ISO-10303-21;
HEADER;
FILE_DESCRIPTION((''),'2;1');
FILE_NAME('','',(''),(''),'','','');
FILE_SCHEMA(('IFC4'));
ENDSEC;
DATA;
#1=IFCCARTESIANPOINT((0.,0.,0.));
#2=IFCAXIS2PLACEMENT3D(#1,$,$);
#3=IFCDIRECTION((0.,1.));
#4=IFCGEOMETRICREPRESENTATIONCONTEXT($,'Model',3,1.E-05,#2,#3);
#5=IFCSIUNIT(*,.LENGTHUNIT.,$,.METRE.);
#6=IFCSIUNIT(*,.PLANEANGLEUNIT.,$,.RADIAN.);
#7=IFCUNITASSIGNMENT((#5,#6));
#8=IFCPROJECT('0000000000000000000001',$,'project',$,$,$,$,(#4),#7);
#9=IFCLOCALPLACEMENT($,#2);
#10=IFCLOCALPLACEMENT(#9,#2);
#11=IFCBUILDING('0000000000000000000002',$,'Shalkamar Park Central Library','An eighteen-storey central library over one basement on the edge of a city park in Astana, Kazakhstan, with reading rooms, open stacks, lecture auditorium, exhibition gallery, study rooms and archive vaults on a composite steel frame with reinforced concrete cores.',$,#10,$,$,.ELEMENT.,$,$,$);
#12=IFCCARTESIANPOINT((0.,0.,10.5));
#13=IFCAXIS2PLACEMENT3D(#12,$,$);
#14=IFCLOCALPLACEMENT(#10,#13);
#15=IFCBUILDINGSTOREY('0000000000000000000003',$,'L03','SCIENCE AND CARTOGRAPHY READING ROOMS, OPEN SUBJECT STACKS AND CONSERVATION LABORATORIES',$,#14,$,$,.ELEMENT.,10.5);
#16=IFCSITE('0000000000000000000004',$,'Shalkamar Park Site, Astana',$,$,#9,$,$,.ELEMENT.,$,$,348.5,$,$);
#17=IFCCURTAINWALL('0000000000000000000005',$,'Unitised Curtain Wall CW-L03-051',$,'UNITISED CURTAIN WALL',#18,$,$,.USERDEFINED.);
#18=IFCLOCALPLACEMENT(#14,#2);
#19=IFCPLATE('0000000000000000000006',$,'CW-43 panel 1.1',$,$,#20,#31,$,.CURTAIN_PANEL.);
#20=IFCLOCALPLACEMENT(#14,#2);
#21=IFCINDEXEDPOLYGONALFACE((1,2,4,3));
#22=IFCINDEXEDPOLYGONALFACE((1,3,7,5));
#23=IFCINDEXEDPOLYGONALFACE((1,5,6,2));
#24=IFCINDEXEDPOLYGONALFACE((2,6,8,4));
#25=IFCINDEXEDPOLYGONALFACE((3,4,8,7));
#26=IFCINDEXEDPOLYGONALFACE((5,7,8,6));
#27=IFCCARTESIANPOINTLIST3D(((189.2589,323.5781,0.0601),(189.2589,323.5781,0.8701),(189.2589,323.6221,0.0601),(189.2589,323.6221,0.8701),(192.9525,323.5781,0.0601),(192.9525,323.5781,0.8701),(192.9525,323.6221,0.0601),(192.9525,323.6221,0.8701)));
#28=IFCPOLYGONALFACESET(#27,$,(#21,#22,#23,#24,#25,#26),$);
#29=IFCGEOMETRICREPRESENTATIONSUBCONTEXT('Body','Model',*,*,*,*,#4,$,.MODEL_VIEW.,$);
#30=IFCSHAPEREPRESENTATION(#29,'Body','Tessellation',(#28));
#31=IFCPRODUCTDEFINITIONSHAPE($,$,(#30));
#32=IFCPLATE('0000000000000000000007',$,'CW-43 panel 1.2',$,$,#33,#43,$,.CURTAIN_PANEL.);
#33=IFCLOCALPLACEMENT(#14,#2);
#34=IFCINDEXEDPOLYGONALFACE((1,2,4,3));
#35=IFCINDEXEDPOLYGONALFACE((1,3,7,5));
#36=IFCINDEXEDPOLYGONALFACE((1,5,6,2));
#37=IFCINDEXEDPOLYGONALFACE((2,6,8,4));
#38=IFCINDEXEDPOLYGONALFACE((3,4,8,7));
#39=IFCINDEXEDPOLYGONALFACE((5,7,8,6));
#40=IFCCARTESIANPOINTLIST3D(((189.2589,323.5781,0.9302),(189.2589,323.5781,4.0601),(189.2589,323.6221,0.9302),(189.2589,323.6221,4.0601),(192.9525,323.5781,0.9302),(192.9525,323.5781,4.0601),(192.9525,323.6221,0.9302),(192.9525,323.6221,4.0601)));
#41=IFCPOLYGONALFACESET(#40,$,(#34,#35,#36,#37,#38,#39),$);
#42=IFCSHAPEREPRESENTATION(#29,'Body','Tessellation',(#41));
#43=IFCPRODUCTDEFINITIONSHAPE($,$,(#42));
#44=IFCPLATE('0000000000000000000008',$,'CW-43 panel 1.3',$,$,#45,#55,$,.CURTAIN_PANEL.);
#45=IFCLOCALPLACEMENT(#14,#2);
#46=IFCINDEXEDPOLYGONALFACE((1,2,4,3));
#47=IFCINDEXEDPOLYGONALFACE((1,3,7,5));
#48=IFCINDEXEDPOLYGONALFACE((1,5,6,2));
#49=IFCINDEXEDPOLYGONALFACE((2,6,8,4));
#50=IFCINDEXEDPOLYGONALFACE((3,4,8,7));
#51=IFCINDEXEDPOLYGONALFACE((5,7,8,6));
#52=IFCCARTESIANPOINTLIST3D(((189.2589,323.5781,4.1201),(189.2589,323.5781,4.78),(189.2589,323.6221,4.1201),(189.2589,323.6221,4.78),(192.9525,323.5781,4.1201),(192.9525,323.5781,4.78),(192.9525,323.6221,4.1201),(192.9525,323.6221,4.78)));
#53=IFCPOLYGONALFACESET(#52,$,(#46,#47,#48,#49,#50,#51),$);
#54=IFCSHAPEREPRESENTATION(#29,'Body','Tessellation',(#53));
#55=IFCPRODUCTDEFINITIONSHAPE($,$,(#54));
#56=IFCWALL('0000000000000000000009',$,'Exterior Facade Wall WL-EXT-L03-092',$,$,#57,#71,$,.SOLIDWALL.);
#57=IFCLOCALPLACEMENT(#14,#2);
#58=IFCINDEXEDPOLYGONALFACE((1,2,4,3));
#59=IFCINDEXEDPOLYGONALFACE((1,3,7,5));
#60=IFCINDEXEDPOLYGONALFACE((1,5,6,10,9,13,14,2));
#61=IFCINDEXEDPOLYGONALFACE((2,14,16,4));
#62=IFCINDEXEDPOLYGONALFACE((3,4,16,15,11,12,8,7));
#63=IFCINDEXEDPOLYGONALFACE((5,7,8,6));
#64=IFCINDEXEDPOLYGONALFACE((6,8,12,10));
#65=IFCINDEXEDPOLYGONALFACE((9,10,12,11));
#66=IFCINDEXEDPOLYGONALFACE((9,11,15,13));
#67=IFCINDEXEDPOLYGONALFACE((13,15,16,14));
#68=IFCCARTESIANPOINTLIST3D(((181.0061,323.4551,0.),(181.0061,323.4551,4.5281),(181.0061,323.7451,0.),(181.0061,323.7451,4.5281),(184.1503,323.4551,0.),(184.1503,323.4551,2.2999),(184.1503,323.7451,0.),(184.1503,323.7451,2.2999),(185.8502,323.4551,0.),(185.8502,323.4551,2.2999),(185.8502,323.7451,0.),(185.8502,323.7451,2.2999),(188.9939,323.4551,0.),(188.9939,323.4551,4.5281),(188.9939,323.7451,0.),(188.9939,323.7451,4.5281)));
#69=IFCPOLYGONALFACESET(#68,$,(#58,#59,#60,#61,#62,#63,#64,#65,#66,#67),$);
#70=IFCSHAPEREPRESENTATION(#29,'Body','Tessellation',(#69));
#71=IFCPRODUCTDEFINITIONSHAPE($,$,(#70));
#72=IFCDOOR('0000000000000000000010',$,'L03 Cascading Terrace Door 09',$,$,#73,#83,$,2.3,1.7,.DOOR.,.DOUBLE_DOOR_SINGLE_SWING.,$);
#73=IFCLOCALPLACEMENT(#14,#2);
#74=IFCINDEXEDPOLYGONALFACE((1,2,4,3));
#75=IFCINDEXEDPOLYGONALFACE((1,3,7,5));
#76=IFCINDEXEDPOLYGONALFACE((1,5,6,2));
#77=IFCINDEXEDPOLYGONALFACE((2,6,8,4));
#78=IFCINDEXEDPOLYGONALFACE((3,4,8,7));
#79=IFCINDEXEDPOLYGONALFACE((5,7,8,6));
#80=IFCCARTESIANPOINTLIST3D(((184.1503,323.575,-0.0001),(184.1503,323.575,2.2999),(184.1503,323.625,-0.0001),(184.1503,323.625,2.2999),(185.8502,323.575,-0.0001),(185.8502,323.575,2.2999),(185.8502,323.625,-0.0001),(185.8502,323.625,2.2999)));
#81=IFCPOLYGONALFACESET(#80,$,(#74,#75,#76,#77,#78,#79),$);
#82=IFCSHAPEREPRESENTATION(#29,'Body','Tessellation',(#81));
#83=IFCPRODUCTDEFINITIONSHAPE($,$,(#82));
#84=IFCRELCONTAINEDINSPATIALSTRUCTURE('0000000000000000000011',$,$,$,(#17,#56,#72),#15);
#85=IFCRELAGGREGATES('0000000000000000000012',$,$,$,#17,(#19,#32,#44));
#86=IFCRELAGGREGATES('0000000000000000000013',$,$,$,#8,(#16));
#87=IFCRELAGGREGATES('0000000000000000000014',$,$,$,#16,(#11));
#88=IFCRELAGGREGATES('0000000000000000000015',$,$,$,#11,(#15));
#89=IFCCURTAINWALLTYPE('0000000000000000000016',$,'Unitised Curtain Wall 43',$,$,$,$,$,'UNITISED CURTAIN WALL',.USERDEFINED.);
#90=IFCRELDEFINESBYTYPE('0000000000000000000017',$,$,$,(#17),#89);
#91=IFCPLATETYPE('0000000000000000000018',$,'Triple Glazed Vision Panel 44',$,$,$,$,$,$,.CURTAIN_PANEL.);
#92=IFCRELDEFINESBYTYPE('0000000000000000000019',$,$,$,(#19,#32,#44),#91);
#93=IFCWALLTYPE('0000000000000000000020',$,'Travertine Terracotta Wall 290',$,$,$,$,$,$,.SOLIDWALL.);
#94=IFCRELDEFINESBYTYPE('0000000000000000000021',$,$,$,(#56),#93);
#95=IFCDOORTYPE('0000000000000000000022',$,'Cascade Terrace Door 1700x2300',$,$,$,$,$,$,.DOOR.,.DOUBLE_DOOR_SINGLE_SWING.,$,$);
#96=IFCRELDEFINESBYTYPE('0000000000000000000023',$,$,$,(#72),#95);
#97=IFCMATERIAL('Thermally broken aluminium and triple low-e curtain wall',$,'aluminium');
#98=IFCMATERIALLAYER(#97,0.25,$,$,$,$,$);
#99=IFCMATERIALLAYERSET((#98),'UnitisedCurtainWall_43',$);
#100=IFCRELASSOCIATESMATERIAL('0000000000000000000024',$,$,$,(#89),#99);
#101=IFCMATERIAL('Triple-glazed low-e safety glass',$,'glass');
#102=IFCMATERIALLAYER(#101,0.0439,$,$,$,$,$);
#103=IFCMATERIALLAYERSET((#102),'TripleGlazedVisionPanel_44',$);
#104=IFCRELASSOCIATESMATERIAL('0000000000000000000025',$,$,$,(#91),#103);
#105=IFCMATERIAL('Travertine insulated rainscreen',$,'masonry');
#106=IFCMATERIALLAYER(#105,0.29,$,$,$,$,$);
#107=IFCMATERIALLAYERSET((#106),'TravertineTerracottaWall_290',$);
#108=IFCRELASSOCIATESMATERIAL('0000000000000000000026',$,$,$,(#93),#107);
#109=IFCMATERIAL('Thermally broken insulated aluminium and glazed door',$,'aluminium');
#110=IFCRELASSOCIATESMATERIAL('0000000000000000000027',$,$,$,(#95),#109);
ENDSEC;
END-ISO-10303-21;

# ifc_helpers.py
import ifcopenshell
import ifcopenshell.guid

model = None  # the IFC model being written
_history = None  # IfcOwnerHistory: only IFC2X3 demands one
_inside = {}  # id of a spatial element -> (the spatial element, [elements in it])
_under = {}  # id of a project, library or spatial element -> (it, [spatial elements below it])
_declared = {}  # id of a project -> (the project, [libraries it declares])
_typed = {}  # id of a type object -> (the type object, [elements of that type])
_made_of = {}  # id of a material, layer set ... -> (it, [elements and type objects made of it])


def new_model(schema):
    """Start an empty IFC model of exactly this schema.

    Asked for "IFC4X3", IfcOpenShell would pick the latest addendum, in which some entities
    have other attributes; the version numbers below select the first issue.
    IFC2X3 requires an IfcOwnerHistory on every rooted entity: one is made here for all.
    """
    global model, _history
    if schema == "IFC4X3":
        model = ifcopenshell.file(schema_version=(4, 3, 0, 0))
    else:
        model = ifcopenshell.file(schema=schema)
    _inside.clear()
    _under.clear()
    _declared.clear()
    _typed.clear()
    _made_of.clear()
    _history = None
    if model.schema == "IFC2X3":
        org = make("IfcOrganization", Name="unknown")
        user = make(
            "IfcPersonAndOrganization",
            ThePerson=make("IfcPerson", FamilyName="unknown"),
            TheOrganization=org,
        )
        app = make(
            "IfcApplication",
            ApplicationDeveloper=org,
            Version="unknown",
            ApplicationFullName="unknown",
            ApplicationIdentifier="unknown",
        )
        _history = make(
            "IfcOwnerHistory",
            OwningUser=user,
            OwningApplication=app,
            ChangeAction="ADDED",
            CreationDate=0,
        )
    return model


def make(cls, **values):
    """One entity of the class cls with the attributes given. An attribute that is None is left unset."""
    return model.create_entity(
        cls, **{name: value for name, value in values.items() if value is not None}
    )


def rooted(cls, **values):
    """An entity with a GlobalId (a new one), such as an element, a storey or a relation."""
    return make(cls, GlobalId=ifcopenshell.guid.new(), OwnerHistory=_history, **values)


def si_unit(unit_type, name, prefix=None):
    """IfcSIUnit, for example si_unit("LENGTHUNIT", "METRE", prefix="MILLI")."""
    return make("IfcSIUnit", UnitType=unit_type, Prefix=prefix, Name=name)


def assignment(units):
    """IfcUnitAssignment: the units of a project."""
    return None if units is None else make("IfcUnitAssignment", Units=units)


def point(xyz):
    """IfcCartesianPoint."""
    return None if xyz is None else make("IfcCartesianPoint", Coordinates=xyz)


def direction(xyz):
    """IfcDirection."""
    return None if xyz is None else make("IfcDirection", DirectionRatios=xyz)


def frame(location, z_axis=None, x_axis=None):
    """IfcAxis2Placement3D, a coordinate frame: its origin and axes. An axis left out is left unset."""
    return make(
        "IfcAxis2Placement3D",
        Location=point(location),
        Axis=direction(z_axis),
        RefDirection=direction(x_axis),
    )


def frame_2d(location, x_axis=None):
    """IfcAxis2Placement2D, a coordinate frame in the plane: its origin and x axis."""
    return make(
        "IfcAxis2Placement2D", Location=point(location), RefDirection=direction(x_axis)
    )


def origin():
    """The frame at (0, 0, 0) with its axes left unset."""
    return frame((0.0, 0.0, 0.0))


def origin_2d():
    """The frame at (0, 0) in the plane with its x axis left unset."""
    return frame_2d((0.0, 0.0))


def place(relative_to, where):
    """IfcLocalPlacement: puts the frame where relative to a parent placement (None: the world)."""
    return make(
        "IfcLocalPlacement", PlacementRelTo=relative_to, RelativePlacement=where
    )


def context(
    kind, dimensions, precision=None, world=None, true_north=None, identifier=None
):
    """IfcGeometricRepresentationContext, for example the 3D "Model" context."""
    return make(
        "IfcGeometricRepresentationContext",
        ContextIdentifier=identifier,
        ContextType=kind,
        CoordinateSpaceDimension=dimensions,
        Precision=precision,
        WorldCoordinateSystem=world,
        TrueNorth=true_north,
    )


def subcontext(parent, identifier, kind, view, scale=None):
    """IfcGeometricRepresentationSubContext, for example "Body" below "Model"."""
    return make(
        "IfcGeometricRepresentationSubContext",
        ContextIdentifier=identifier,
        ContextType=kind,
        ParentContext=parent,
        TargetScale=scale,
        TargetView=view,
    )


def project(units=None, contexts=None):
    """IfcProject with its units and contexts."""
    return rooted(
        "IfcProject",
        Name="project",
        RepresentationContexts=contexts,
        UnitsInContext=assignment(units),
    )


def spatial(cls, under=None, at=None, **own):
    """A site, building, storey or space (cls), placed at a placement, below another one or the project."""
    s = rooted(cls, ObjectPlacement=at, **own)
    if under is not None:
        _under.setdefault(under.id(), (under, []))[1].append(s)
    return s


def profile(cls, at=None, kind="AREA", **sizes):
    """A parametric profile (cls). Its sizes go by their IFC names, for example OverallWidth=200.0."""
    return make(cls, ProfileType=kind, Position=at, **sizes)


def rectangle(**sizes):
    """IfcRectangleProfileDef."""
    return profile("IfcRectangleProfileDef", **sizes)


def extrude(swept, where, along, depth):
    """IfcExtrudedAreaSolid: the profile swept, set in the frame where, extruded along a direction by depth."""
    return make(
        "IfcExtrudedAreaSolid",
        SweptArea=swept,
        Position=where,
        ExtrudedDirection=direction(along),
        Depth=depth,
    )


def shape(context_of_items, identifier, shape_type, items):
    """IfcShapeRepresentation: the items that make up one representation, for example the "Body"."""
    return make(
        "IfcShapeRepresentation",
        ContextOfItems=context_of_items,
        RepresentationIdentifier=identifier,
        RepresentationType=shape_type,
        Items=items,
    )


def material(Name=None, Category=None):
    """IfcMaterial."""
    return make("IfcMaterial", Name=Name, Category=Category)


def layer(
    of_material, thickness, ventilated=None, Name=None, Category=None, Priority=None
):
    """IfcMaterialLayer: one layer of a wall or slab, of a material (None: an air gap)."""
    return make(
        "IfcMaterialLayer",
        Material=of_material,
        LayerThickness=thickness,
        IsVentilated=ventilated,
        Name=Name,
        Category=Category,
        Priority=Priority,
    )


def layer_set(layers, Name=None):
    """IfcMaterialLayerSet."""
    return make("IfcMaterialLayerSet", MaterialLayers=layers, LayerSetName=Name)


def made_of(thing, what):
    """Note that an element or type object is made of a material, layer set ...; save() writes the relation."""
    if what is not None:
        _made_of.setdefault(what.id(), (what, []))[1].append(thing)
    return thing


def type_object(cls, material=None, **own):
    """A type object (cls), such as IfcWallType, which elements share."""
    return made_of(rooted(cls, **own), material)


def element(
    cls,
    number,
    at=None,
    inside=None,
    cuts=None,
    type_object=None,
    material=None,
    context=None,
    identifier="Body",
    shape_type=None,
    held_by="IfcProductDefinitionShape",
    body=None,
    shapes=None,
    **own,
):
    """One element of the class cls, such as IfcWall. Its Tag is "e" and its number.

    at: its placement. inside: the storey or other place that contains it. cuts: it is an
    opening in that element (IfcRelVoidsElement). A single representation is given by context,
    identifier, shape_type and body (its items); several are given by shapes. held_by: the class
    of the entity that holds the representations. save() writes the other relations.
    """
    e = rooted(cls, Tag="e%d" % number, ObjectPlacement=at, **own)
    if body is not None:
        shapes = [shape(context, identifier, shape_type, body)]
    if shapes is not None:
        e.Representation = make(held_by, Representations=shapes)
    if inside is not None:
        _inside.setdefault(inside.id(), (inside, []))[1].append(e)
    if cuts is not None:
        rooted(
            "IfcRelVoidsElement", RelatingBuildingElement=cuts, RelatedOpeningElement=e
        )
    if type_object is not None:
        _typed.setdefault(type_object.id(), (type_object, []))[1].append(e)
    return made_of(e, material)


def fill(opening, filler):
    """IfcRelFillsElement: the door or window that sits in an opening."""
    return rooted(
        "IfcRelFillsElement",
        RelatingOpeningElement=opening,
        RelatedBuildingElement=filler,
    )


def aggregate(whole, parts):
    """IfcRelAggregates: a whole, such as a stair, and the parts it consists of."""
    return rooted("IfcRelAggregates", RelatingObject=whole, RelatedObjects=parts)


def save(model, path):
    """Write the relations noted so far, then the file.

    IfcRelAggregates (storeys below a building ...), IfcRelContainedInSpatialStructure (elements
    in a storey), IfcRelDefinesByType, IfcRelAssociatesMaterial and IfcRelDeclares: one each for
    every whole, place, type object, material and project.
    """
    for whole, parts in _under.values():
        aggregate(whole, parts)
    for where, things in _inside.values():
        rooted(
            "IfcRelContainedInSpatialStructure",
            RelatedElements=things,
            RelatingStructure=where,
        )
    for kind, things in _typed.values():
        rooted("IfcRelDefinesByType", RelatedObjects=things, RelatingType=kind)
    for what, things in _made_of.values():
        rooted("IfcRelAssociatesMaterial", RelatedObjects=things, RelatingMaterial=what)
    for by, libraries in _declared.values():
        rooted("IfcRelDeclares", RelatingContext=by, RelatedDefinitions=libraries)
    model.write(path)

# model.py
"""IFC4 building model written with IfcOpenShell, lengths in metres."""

from ifc_helpers import new_model, si_unit, direction, frame, frame_2d, origin, origin_2d, place, context, subcontext, project, spatial, rectangle, extrude, material, layer, layer_set, type_object, element, fill, aggregate, save


model = new_model("IFC4")

# Units and contexts
model_context = context("Model", 3, precision=1e-05, world=origin(), true_north=direction((0.0, 1.0)))
body_context = subcontext(model_context, "Body", "Model", "MODEL_VIEW")
ifc_project = project(units=[si_unit("LENGTHUNIT", "METRE"), si_unit("PLANEANGLEUNIT", "RADIAN")], contexts=[model_context])

# Site, building, storey
site_placement = place(None, origin())
site = spatial("IfcSite", under=ifc_project, at=site_placement, Name="Shalkamar Park Site, Astana", CompositionType="ELEMENT", RefElevation=348.5)
building_placement = place(site_placement, origin())
building = spatial("IfcBuilding", under=site, at=building_placement, Name="Shalkamar Park Central Library", Description="An eighteen-storey central library over one basement on the edge of a city park in Astana, Kazakhstan, with reading rooms, open stacks, lecture auditorium, exhibition gallery, study rooms and archive vaults on a composite steel frame with reinforced concrete cores.", CompositionType="ELEMENT")
storey_placement = place(building_placement, frame((0.0, 0.0, 10.5)))
storey = spatial("IfcBuildingStorey", under=building, at=storey_placement, Name="L03", Description="SCIENCE AND CARTOGRAPHY READING ROOMS, OPEN SUBJECT STACKS AND CONSERVATION LABORATORIES", CompositionType="ELEMENT", Elevation=10.5)

# Curtain wall
ifc_material_1 = material(Name="Thermally broken aluminium and triple low-e curtain wall", Category="aluminium")
ifc_layer_1 = layer(ifc_material_1, 0.25)
ifc_layer_set_1 = layer_set([ifc_layer_1], Name="UnitisedCurtainWall_43")
curtain_wall_type = type_object("IfcCurtainWallType", Name="Unitised Curtain Wall 43", ElementType="UNITISED CURTAIN WALL", PredefinedType="USERDEFINED", material=ifc_layer_set_1)
curtain_wall_placement = place(storey_placement, origin())
curtain_wall = element("IfcCurtainWall", 1, at=curtain_wall_placement, inside=storey, type_object=curtain_wall_type, Name="Unitised Curtain Wall CW-L03-051", ObjectType="UNITISED CURTAIN WALL", PredefinedType="USERDEFINED")

# Plates
ifc_material_2 = material(Name="Triple-glazed low-e safety glass", Category="glass")
ifc_layer_2 = layer(ifc_material_2, 0.0439)
ifc_layer_set_2 = layer_set([ifc_layer_2], Name="TripleGlazedVisionPanel_44")
plate_type = type_object("IfcPlateType", Name="Triple Glazed Vision Panel 44", PredefinedType="CURTAIN_PANEL", material=ifc_layer_set_2)
plate_1_placement = place(storey_placement, frame((191.1057, 323.6001, 0.0601), z_axis=(0.0, 0.0, 1.0), x_axis=(1.0, 0.0, 0.0)))
plate_1 = element("IfcPlate", 2, at=plate_1_placement, type_object=plate_type, Name="CW-43 panel 1.1", PredefinedType="CURTAIN_PANEL", context=body_context, shape_type="SweptSolid", body=[
    extrude(rectangle(XDim=3.6936, YDim=0.0439, at=origin_2d()), origin(), (0.0, 0.0, 1.0), 0.8101),
])
plate_2_placement = place(storey_placement, frame((191.1057, 323.6001, 0.9302), z_axis=(0.0, 0.0, 1.0), x_axis=(1.0, 0.0, 0.0)))
plate_2 = element("IfcPlate", 3, at=plate_2_placement, type_object=plate_type, Name="CW-43 panel 1.2", PredefinedType="CURTAIN_PANEL", context=body_context, shape_type="SweptSolid", body=[
    extrude(rectangle(XDim=3.6936, YDim=0.0439, at=origin_2d()), origin(), (0.0, 0.0, 1.0), 3.1299),
])
plate_3_placement = place(storey_placement, frame((191.1057, 323.6001, 4.1201), z_axis=(0.0, 0.0, 1.0), x_axis=(1.0, 0.0, 0.0)))
plate_3 = element("IfcPlate", 4, at=plate_3_placement, type_object=plate_type, Name="CW-43 panel 1.3", PredefinedType="CURTAIN_PANEL", context=body_context, shape_type="SweptSolid", body=[
    extrude(rectangle(XDim=3.6936, YDim=0.0439, at=origin_2d()), origin(), (0.0, 0.0, 1.0), 0.6599),
])
aggregate(curtain_wall, [plate_1, plate_2, plate_3])

# Wall, opening, door
ifc_material_3 = material(Name="Travertine insulated rainscreen", Category="masonry")
ifc_layer_3 = layer(ifc_material_3, 0.29)
ifc_layer_set_3 = layer_set([ifc_layer_3], Name="TravertineTerracottaWall_290")
wall_type = type_object("IfcWallType", Name="Travertine Terracotta Wall 290", PredefinedType="SOLIDWALL", material=ifc_layer_set_3)
wall_placement = place(storey_placement, frame((181.0061, 323.6001, 0.0), z_axis=(0.0, 0.0, 1.0), x_axis=(1.0, 0.0, 0.0)))
wall = element("IfcWall", 5, at=wall_placement, inside=storey, type_object=wall_type, Name="Exterior Facade Wall WL-EXT-L03-092", PredefinedType="SOLIDWALL", context=body_context, shape_type="SweptSolid", body=[
    extrude(rectangle(XDim=7.9878, YDim=0.29, at=frame_2d((3.9939, 0.0))), origin(), (0.0, 0.0, 1.0), 4.5281),
])
opening_placement = place(wall_placement, frame((3.144, 0.0, 0.0)))
opening = element("IfcOpeningElement", 6, at=opening_placement, cuts=wall, PredefinedType="OPENING", context=body_context, shape_type="SweptSolid", body=[
    extrude(rectangle(XDim=1.7, YDim=2.3, at=frame_2d((0.8501, 1.1499))), frame((0.0, 0.1599, 0.0), z_axis=(0.0, -1.0, 0.0), x_axis=(1.0, 0.0, 0.0)), (0.0, 0.0, 1.0), 0.3198),
])
ifc_material_4 = material(Name="Thermally broken insulated aluminium and glazed door", Category="aluminium")
door_type = type_object("IfcDoorType", Name="Cascade Terrace Door 1700x2300", OperationType="DOUBLE_DOOR_SINGLE_SWING", PredefinedType="DOOR", material=ifc_material_4)
door_placement = place(opening_placement, origin())
door = element("IfcDoor", 7, at=door_placement, inside=storey, type_object=door_type, Name="L03 Cascading Terrace Door 09", OperationType="DOUBLE_DOOR_SINGLE_SWING", OverallHeight=2.3, OverallWidth=1.7, PredefinedType="DOOR", context=body_context, shape_type="SweptSolid", body=[
    extrude(rectangle(XDim=1.7, YDim=2.3, at=frame_2d((0.8501, 1.1499))), frame((0.0, 0.0249, 0.0), z_axis=(0.0, -1.0, 0.0), x_axis=(1.0, 0.0, 0.0)), (0.0, 0.0, 1.0), 0.05),
])
fill(opening, door)

save(model, "model.ifc")
